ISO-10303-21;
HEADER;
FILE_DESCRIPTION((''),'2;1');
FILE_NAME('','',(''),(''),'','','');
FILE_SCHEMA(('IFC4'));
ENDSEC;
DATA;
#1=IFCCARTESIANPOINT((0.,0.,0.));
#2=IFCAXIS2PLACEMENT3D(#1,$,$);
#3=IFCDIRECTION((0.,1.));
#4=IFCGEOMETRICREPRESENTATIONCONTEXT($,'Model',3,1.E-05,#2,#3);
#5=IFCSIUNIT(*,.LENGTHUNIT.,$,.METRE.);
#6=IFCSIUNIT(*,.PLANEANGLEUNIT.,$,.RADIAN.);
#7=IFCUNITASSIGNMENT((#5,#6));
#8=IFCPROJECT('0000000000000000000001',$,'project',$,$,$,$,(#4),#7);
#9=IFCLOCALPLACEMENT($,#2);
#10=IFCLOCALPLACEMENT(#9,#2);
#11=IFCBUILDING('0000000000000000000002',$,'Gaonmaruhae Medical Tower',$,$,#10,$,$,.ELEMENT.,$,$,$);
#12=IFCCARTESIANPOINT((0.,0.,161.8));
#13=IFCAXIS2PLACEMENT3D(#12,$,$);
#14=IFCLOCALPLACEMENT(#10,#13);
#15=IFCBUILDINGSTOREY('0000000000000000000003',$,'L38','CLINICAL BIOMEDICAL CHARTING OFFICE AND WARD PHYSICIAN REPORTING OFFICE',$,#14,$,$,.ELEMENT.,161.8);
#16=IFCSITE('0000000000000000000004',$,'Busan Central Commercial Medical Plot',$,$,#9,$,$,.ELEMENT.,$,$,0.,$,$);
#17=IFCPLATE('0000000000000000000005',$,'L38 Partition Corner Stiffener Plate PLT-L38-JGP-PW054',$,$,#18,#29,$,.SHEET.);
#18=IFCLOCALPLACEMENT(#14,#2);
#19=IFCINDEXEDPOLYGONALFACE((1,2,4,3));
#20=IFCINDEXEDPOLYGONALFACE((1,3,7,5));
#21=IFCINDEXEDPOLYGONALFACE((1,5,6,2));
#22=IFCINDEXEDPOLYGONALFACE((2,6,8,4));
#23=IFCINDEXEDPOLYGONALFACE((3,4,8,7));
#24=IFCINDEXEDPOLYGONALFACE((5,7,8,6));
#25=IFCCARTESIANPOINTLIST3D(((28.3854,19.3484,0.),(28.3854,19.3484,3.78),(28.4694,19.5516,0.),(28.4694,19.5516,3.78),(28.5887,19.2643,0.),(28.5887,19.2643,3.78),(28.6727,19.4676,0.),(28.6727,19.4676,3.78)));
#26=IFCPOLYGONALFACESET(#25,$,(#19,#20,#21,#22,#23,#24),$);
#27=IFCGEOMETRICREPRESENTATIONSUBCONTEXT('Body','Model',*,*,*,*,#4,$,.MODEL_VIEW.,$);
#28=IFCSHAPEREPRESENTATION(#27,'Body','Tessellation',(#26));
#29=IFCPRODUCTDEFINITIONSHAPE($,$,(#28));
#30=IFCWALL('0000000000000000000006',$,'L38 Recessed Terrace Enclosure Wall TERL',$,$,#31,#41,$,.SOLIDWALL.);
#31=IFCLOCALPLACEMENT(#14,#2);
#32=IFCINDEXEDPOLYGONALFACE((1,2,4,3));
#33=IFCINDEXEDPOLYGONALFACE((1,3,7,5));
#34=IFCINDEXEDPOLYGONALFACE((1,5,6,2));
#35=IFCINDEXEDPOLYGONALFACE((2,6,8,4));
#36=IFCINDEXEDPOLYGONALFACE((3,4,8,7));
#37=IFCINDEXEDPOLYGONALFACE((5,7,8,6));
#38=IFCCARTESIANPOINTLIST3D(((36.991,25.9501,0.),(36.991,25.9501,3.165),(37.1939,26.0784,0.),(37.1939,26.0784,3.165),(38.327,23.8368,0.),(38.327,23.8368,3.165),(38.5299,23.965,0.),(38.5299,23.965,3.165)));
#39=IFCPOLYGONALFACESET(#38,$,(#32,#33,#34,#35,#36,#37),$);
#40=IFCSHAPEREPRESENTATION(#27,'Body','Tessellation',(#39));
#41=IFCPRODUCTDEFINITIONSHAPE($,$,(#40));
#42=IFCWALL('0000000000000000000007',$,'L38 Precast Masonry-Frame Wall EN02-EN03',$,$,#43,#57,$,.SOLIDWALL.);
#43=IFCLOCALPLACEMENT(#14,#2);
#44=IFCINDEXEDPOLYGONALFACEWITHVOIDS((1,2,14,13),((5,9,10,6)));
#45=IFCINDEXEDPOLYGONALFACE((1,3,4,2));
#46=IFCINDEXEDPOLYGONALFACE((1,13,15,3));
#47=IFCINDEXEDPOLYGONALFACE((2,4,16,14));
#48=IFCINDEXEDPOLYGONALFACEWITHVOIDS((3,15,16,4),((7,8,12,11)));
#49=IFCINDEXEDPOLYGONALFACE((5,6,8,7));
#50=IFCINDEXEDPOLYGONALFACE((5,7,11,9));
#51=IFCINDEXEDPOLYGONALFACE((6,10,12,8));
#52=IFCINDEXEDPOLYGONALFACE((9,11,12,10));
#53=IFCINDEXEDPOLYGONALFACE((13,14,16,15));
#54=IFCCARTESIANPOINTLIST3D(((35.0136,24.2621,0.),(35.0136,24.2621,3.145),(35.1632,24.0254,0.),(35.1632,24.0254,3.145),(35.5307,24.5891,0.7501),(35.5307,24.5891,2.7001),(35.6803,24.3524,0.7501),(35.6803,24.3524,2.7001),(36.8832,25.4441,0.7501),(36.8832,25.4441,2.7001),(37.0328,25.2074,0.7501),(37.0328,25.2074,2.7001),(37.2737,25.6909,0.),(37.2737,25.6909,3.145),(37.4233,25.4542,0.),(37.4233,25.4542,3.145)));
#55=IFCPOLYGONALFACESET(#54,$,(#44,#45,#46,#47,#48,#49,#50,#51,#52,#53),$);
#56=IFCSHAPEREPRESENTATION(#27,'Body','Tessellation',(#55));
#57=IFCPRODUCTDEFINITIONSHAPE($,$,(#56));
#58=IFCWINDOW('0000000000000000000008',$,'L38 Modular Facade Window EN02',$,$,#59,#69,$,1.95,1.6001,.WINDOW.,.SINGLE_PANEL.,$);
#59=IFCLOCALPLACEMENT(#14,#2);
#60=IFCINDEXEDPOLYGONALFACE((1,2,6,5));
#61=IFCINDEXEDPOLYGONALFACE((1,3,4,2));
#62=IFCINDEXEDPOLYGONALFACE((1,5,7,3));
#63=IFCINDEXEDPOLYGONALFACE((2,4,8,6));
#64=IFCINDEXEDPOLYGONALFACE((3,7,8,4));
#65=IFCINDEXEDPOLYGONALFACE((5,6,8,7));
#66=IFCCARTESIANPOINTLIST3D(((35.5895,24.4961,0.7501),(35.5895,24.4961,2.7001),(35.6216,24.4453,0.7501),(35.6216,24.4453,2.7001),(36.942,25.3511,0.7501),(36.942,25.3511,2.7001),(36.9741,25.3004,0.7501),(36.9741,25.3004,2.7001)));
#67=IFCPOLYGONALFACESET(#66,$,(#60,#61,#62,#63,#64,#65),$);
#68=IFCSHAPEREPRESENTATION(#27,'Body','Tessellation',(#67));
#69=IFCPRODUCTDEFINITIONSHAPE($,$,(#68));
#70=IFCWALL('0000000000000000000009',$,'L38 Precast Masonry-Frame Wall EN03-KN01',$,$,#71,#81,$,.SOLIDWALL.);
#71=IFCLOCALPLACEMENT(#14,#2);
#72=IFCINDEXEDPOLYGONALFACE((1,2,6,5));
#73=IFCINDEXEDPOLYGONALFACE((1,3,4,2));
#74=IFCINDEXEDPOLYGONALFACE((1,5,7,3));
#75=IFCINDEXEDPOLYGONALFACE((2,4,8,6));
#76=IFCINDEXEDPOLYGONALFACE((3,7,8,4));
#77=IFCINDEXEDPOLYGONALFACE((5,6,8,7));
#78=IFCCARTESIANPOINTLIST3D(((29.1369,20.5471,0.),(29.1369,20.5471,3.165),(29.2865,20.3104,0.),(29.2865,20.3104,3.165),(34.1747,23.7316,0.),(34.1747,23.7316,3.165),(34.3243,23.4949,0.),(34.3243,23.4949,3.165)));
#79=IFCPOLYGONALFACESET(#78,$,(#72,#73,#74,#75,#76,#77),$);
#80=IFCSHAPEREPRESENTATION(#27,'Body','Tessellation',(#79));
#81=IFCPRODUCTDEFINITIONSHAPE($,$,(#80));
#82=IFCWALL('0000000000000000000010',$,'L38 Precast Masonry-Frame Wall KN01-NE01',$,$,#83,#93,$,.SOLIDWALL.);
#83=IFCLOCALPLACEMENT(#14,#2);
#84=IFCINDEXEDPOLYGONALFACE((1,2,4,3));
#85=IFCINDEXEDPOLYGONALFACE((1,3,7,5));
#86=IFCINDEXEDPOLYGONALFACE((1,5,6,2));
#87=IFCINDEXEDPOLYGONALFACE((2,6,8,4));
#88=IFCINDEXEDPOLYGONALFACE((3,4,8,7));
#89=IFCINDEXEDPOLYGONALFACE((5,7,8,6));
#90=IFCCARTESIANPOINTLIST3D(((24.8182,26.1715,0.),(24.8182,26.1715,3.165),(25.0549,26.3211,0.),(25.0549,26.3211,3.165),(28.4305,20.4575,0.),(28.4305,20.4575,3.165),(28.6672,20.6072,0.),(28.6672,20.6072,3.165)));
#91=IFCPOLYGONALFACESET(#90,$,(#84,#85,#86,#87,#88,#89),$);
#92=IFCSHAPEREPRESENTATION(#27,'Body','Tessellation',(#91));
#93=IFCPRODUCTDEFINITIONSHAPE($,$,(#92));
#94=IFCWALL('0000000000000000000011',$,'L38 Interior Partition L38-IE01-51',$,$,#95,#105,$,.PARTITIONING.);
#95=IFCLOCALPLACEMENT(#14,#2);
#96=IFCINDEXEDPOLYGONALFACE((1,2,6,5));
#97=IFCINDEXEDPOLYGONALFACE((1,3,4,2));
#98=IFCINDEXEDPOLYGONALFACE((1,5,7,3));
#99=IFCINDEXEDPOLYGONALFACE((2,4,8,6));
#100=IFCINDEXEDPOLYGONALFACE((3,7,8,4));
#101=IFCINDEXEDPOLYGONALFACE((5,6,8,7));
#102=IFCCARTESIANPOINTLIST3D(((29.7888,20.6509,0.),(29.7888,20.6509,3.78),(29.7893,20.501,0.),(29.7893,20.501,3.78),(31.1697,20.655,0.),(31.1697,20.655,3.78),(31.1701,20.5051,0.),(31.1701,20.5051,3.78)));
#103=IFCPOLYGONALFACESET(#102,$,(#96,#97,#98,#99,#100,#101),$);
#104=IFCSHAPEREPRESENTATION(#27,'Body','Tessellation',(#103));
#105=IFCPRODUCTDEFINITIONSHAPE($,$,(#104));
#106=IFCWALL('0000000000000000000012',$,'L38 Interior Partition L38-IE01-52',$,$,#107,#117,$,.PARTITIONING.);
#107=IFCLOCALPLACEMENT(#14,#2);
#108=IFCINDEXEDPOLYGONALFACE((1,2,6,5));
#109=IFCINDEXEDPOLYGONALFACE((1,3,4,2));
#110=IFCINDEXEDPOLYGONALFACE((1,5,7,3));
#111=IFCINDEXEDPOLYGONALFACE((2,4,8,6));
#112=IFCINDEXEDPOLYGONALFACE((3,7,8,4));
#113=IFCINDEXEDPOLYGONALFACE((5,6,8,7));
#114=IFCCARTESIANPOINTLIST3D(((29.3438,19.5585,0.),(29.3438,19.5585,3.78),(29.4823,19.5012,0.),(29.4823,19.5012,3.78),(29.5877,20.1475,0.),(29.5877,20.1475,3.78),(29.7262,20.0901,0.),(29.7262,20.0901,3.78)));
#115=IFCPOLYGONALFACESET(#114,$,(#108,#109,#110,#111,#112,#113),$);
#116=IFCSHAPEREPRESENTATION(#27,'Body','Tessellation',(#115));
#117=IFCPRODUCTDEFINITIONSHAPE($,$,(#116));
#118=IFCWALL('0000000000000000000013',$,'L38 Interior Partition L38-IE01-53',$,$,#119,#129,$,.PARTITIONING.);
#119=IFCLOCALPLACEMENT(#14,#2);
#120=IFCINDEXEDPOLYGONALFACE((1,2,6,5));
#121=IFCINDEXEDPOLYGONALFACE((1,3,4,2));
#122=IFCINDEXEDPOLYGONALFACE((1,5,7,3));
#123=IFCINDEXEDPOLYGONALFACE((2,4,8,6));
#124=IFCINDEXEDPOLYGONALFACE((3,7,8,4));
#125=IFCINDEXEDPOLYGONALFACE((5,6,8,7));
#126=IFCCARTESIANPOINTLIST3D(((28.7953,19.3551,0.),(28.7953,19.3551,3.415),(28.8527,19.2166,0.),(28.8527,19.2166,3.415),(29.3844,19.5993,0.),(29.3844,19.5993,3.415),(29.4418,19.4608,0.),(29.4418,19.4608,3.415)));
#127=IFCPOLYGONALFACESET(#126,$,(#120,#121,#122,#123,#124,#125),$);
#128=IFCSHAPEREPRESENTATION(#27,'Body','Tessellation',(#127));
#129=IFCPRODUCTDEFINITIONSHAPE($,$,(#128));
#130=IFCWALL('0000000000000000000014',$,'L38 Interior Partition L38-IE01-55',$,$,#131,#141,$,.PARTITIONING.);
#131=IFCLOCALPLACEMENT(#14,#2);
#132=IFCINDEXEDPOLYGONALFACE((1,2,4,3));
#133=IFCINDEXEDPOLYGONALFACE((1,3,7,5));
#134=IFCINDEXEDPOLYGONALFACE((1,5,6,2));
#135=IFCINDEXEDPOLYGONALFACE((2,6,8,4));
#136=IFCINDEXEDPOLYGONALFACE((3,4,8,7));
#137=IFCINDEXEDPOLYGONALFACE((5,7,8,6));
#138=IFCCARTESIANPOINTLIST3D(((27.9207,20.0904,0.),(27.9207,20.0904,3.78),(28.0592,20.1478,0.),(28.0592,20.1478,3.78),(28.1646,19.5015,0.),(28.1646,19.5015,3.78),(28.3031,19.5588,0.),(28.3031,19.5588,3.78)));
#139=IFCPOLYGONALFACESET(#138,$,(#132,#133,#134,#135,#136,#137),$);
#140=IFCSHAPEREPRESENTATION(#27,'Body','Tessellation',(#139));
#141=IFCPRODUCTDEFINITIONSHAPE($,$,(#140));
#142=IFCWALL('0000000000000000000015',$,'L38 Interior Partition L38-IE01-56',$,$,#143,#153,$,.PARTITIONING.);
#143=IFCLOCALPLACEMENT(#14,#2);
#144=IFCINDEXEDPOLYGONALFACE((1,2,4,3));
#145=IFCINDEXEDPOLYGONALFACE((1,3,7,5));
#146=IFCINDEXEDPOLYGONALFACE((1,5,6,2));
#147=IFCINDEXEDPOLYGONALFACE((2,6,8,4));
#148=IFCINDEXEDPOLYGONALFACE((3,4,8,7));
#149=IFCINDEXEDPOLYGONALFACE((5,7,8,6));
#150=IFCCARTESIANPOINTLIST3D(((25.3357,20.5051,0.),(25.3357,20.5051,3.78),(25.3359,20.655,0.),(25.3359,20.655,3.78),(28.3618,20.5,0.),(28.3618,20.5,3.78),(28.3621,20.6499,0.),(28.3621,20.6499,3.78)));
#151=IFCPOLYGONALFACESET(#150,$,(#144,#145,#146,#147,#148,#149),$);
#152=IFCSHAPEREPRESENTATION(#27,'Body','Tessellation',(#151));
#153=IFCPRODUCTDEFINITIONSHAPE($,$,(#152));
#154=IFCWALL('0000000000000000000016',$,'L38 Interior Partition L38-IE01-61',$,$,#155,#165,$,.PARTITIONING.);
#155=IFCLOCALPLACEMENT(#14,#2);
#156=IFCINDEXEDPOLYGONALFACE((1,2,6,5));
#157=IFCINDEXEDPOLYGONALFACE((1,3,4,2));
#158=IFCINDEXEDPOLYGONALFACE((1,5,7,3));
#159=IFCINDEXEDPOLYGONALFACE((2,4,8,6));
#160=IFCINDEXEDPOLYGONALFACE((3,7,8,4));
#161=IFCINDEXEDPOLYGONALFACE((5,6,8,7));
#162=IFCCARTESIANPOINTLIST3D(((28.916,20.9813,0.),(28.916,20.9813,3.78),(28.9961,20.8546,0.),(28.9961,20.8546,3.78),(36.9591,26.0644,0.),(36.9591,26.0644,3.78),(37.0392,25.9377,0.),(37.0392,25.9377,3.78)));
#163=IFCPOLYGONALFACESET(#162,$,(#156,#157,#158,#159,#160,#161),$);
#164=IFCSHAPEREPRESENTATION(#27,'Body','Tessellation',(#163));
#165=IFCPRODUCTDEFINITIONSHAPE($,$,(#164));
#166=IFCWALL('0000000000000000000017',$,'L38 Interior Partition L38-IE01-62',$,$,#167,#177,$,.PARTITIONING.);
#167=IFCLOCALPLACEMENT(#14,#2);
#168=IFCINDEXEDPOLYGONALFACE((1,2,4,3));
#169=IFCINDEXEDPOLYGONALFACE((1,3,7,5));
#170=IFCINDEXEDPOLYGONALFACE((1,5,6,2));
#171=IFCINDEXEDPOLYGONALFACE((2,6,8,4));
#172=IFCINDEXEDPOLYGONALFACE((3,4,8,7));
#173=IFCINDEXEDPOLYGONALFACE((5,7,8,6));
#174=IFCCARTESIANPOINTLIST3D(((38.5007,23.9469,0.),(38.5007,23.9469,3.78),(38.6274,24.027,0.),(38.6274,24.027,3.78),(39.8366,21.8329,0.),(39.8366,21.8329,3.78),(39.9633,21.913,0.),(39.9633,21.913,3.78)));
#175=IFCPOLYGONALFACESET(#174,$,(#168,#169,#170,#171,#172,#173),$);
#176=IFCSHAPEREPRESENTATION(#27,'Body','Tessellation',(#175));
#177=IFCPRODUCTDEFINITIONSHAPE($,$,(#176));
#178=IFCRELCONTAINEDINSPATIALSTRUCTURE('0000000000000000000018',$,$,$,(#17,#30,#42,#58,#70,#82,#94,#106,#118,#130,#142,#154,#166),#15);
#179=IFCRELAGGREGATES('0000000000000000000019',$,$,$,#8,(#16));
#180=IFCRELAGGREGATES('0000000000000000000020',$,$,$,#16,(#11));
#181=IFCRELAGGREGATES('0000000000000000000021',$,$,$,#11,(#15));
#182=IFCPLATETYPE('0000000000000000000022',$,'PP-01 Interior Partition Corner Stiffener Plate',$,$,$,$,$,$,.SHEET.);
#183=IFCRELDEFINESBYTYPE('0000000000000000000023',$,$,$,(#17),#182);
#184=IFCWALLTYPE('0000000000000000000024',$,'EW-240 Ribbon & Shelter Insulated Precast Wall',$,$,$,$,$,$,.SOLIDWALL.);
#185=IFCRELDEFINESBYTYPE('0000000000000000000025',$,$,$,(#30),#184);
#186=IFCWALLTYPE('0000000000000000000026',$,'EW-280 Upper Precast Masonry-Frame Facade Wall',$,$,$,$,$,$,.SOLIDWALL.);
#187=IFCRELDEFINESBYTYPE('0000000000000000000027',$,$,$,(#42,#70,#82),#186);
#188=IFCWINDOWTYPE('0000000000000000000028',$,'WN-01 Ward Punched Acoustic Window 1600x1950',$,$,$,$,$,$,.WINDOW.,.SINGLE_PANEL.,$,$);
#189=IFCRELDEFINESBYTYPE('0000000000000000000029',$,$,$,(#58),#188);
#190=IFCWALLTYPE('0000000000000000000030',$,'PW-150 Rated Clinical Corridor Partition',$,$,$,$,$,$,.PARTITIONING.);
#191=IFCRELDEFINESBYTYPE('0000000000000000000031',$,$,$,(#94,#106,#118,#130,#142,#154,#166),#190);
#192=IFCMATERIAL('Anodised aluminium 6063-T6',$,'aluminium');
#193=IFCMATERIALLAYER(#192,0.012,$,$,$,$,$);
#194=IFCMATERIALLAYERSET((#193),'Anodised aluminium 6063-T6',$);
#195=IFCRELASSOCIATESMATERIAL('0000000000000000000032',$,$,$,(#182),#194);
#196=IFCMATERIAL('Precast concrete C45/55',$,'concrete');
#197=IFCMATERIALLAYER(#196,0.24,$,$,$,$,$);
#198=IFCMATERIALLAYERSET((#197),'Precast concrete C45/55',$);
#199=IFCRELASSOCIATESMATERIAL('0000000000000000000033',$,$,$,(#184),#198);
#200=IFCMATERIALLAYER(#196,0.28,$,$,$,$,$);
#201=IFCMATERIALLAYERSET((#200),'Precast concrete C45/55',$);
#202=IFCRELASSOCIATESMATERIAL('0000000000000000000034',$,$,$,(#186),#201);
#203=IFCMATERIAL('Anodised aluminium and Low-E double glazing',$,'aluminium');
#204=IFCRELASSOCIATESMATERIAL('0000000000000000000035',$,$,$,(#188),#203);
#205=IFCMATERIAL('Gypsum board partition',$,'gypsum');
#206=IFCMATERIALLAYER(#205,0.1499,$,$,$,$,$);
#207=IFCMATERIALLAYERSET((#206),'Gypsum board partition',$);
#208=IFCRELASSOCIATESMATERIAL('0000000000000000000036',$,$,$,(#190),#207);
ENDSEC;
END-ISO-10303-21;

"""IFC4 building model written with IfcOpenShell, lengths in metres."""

from ifc_helpers import new_model, si_unit, direction, frame, frame_2d, origin, origin_2d, place, context, subcontext, project, spatial, rectangle, extrude, material, layer, layer_set, type_object, element, fill, save


model = new_model("IFC4")

# Units and contexts
model_context = context("Model", 3, precision=1e-05, world=origin(), true_north=direction((0.0, 1.0)))
body_context = subcontext(model_context, "Body", "Model", "MODEL_VIEW")
ifc_project = project(units=[si_unit("LENGTHUNIT", "METRE"), si_unit("PLANEANGLEUNIT", "RADIAN")], contexts=[model_context])

# Site, building, storey
site_placement = place(None, origin())
site = spatial("IfcSite", under=ifc_project, at=site_placement, Name="Busan Central Commercial Medical Plot", CompositionType="ELEMENT", RefElevation=0.0)
building_placement = place(site_placement, origin())
building = spatial("IfcBuilding", under=site, at=building_placement, Name="Gaonmaruhae Medical Tower", CompositionType="ELEMENT")
storey_placement = place(building_placement, frame((0.0, 0.0, 161.8)))
storey = spatial("IfcBuildingStorey", under=building, at=storey_placement, Name="L38", Description="CLINICAL BIOMEDICAL CHARTING OFFICE AND WARD PHYSICIAN REPORTING OFFICE", CompositionType="ELEMENT", Elevation=161.8)

# Plate
ifc_material_1 = material(Name="Anodised aluminium 6063-T6", Category="aluminium")
ifc_layer_1 = layer(ifc_material_1, 0.012)
ifc_layer_set_1 = layer_set([ifc_layer_1], Name="Anodised aluminium 6063-T6")
plate_type = type_object("IfcPlateType", Name="PP-01 Interior Partition Corner Stiffener Plate", PredefinedType="SHEET", material=ifc_layer_set_1)
plate_1_placement = place(storey_placement, frame((28.5291, 19.408, 0.0), z_axis=(0.0, 0.0, 1.0), x_axis=(-0.924093, 0.382167, 0.0)))
element("IfcPlate", 1, at=plate_1_placement, inside=storey, type_object=plate_type, Name="L38 Partition Corner Stiffener Plate PLT-L38-JGP-PW054", PredefinedType="SHEET", context=body_context, shape_type="SweptSolid", body=[
    extrude(rectangle(XDim=0.22, YDim=0.22, at=origin_2d()), origin(), (0.0, 0.0, 1.0), 3.78),
])

# Wall
ifc_material_2 = material(Name="Precast concrete C45/55", Category="concrete")
ifc_layer_2 = layer(ifc_material_2, 0.24)
ifc_layer_set_2 = layer_set([ifc_layer_2], Name="Precast concrete C45/55")
wall_type_1 = type_object("IfcWallType", Name="EW-240 Ribbon & Shelter Insulated Precast Wall", PredefinedType="SOLIDWALL", material=ifc_layer_set_2)
wall_1_placement = place(storey_placement, frame((37.0925, 26.0142, 0.0), z_axis=(0.0, 0.0, 1.0), x_axis=(0.534346, -0.845266, 0.0)))
element("IfcWall", 2, at=wall_1_placement, inside=storey, type_object=wall_type_1, Name="L38 Recessed Terrace Enclosure Wall TERL", PredefinedType="SOLIDWALL", context=body_context, shape_type="SweptSolid", body=[
    extrude(rectangle(XDim=2.5002, YDim=0.24, at=frame_2d((1.25, 0.0))), origin(), (0.0, 0.0, 1.0), 3.165),
])

# Wall, opening, window
ifc_layer_3 = layer(ifc_material_2, 0.28)
ifc_layer_set_3 = layer_set([ifc_layer_3], Name="Precast concrete C45/55")
wall_type_2 = type_object("IfcWallType", Name="EW-280 Upper Precast Masonry-Frame Facade Wall", PredefinedType="SOLIDWALL", material=ifc_layer_set_3)
wall_2_placement = place(storey_placement, frame((35.0884, 24.1438, 0.0), z_axis=(0.0, 0.0, 1.0), x_axis=(0.845263, 0.53435, 0.0)))
wall_2 = element("IfcWall", 3, at=wall_2_placement, inside=storey, type_object=wall_type_2, Name="L38 Precast Masonry-Frame Wall EN02-EN03", PredefinedType="SOLIDWALL", context=body_context, shape_type="SweptSolid", body=[
    extrude(rectangle(XDim=2.6738, YDim=0.28, at=frame_2d((1.3369, 0.0))), origin(), (0.0, 0.0, 1.0), 3.145),
])
opening_1_placement = place(wall_2_placement, frame((0.6118, 0.0, 0.75)))
opening_1 = element("IfcOpeningElement", 4, at=opening_1_placement, cuts=wall_2, PredefinedType="OPENING", context=body_context, shape_type="SweptSolid", body=[
    extrude(rectangle(XDim=1.6001, YDim=1.95, at=frame_2d((0.8, 0.9751))), frame((0.0, 0.1499, 0.0), z_axis=(0.0, -1.0, 0.0), x_axis=(1.0, 0.0, 0.0)), (0.0, 0.0, 1.0), 0.3),
])
ifc_material_3 = material(Name="Anodised aluminium and Low-E double glazing", Category="aluminium")
window_type = type_object("IfcWindowType", Name="WN-01 Ward Punched Acoustic Window 1600x1950", PartitioningType="SINGLE_PANEL", PredefinedType="WINDOW", material=ifc_material_3)
window_placement = place(opening_1_placement, origin())
window = element("IfcWindow", 5, at=window_placement, inside=storey, type_object=window_type, Name="L38 Modular Facade Window EN02", OverallHeight=1.95, OverallWidth=1.6001, PartitioningType="SINGLE_PANEL", PredefinedType="WINDOW", context=body_context, shape_type="SweptSolid", body=[
    extrude(rectangle(XDim=1.6001, YDim=1.95, at=frame_2d((0.8, 0.9751))), frame((0.0, 0.03, 0.0), z_axis=(0.0, -1.0, 0.0), x_axis=(1.0, 0.0, 0.0)), (0.0, 0.0, 1.0), 0.0601),
])
fill(opening_1, window)

# Walls
wall_3_placement = place(storey_placement, frame((29.2117, 20.4287, 0.0), z_axis=(0.0, 0.0, 1.0), x_axis=(0.845279, 0.534326, 0.0)))
element("IfcWall", 6, at=wall_3_placement, inside=storey, type_object=wall_type_2, Name="L38 Precast Masonry-Frame Wall EN03-KN01", PredefinedType="SOLIDWALL", context=body_context, shape_type="SweptSolid", body=[
    extrude(rectangle(XDim=5.96, YDim=0.28, at=frame_2d((2.98, 0.0))), origin(), (0.0, 0.0, 1.0), 3.165),
])
wall_4_placement = place(storey_placement, frame((28.5488, 20.5325, 0.0), z_axis=(0.0, 0.0, 1.0), x_axis=(-0.534368, 0.845252, 0.0)))
element("IfcWall", 7, at=wall_4_placement, inside=storey, type_object=wall_type_2, Name="L38 Precast Masonry-Frame Wall KN01-NE01", PredefinedType="SOLIDWALL", context=body_context, shape_type="SweptSolid", body=[
    extrude(rectangle(XDim=6.76, YDim=0.28, at=frame_2d((3.3799, 0.0))), origin(), (0.0, 0.0, 1.0), 3.165),
])
ifc_material_4 = material(Name="Gypsum board partition", Category="gypsum")
ifc_layer_4 = layer(ifc_material_4, 0.1499)
ifc_layer_set_4 = layer_set([ifc_layer_4], Name="Gypsum board partition")
wall_type_3 = type_object("IfcWallType", Name="PW-150 Rated Clinical Corridor Partition", PredefinedType="PARTITIONING", material=ifc_layer_set_4)
wall_5_placement = place(storey_placement, frame((31.1699, 20.5801, 0.0), z_axis=(0.0, 0.0, 1.0), x_axis=(-0.999995, -0.003006, 0.0)))
element("IfcWall", 8, at=wall_5_placement, inside=storey, type_object=wall_type_3, Name="L38 Interior Partition L38-IE01-51", PredefinedType="PARTITIONING", context=body_context, shape_type="SweptSolid", body=[
    extrude(rectangle(XDim=1.3809, YDim=0.1499, at=frame_2d((0.6904, 0.0))), origin(), (0.0, 0.0, 1.0), 3.78),
])
wall_6_placement = place(storey_placement, frame((29.657, 20.1189, 0.0), z_axis=(0.0, 0.0, 1.0), x_axis=(-0.382656, -0.923891, 0.0)))
element("IfcWall", 9, at=wall_6_placement, inside=storey, type_object=wall_type_3, Name="L38 Interior Partition L38-IE01-52", PredefinedType="PARTITIONING", context=body_context, shape_type="SweptSolid", body=[
    extrude(rectangle(XDim=0.6375, YDim=0.1499, at=frame_2d((0.3188, 0.0))), origin(), (0.0, 0.0, 1.0), 3.78),
])
wall_7_placement = place(storey_placement, frame((29.4131, 19.53, 0.0), z_axis=(0.0, 0.0, 1.0), x_axis=(-0.923811, -0.382848, 0.0)))
element("IfcWall", 10, at=wall_7_placement, inside=storey, type_object=wall_type_3, Name="L38 Interior Partition L38-IE01-53", PredefinedType="PARTITIONING", context=body_context, shape_type="SweptSolid", body=[
    extrude(rectangle(XDim=0.6377, YDim=0.1499, at=frame_2d((0.3188, 0.0))), origin(), (0.0, 0.0, 1.0), 3.415),
])
wall_8_placement = place(storey_placement, frame((28.2339, 19.53, 0.0), z_axis=(0.0, 0.0, 1.0), x_axis=(-0.382656, 0.923891, 0.0)))
element("IfcWall", 11, at=wall_8_placement, inside=storey, type_object=wall_type_3, Name="L38 Interior Partition L38-IE01-55", PredefinedType="PARTITIONING", context=body_context, shape_type="SweptSolid", body=[
    extrude(rectangle(XDim=0.6375, YDim=0.1499, at=frame_2d((0.3188, 0.0))), origin(), (0.0, 0.0, 1.0), 3.78),
])
wall_9_placement = place(storey_placement, frame((28.3621, 20.575, 0.0), z_axis=(0.0, 0.0, 1.0), x_axis=(-0.999999, 0.001694, 0.0)))
element("IfcWall", 12, at=wall_9_placement, inside=storey, type_object=wall_type_3, Name="L38 Interior Partition L38-IE01-56", PredefinedType="PARTITIONING", context=body_context, shape_type="SweptSolid", body=[
    extrude(rectangle(XDim=3.0261, YDim=0.1499, at=frame_2d((1.5132, 0.0))), origin(), (0.0, 0.0, 1.0), 3.78),
])
wall_10_placement = place(storey_placement, frame((28.9561, 20.918, 0.0), z_axis=(0.0, 0.0, 1.0), x_axis=(0.845335, 0.534236, 0.0)))
element("IfcWall", 13, at=wall_10_placement, inside=storey, type_object=wall_type_3, Name="L38 Interior Partition L38-IE01-61", PredefinedType="PARTITIONING", context=body_context, shape_type="SweptSolid", body=[
    extrude(rectangle(XDim=9.5146, YDim=0.1499, at=frame_2d((4.7573, 0.0))), origin(), (0.0, 0.0, 1.0), 3.78),
])
wall_11_placement = place(storey_placement, frame((38.564, 23.9871, 0.0), z_axis=(0.0, 0.0, 1.0), x_axis=(0.534213, -0.84535, 0.0)))
element("IfcWall", 14, at=wall_11_placement, inside=storey, type_object=wall_type_3, Name="L38 Interior Partition L38-IE01-62", PredefinedType="PARTITIONING", context=body_context, shape_type="SweptSolid", body=[
    extrude(rectangle(XDim=2.5007, YDim=0.1499, at=frame_2d((1.2505, 0.0))), origin(), (0.0, 0.0, 1.0), 3.78),
])

save(model, "model.ifc")
